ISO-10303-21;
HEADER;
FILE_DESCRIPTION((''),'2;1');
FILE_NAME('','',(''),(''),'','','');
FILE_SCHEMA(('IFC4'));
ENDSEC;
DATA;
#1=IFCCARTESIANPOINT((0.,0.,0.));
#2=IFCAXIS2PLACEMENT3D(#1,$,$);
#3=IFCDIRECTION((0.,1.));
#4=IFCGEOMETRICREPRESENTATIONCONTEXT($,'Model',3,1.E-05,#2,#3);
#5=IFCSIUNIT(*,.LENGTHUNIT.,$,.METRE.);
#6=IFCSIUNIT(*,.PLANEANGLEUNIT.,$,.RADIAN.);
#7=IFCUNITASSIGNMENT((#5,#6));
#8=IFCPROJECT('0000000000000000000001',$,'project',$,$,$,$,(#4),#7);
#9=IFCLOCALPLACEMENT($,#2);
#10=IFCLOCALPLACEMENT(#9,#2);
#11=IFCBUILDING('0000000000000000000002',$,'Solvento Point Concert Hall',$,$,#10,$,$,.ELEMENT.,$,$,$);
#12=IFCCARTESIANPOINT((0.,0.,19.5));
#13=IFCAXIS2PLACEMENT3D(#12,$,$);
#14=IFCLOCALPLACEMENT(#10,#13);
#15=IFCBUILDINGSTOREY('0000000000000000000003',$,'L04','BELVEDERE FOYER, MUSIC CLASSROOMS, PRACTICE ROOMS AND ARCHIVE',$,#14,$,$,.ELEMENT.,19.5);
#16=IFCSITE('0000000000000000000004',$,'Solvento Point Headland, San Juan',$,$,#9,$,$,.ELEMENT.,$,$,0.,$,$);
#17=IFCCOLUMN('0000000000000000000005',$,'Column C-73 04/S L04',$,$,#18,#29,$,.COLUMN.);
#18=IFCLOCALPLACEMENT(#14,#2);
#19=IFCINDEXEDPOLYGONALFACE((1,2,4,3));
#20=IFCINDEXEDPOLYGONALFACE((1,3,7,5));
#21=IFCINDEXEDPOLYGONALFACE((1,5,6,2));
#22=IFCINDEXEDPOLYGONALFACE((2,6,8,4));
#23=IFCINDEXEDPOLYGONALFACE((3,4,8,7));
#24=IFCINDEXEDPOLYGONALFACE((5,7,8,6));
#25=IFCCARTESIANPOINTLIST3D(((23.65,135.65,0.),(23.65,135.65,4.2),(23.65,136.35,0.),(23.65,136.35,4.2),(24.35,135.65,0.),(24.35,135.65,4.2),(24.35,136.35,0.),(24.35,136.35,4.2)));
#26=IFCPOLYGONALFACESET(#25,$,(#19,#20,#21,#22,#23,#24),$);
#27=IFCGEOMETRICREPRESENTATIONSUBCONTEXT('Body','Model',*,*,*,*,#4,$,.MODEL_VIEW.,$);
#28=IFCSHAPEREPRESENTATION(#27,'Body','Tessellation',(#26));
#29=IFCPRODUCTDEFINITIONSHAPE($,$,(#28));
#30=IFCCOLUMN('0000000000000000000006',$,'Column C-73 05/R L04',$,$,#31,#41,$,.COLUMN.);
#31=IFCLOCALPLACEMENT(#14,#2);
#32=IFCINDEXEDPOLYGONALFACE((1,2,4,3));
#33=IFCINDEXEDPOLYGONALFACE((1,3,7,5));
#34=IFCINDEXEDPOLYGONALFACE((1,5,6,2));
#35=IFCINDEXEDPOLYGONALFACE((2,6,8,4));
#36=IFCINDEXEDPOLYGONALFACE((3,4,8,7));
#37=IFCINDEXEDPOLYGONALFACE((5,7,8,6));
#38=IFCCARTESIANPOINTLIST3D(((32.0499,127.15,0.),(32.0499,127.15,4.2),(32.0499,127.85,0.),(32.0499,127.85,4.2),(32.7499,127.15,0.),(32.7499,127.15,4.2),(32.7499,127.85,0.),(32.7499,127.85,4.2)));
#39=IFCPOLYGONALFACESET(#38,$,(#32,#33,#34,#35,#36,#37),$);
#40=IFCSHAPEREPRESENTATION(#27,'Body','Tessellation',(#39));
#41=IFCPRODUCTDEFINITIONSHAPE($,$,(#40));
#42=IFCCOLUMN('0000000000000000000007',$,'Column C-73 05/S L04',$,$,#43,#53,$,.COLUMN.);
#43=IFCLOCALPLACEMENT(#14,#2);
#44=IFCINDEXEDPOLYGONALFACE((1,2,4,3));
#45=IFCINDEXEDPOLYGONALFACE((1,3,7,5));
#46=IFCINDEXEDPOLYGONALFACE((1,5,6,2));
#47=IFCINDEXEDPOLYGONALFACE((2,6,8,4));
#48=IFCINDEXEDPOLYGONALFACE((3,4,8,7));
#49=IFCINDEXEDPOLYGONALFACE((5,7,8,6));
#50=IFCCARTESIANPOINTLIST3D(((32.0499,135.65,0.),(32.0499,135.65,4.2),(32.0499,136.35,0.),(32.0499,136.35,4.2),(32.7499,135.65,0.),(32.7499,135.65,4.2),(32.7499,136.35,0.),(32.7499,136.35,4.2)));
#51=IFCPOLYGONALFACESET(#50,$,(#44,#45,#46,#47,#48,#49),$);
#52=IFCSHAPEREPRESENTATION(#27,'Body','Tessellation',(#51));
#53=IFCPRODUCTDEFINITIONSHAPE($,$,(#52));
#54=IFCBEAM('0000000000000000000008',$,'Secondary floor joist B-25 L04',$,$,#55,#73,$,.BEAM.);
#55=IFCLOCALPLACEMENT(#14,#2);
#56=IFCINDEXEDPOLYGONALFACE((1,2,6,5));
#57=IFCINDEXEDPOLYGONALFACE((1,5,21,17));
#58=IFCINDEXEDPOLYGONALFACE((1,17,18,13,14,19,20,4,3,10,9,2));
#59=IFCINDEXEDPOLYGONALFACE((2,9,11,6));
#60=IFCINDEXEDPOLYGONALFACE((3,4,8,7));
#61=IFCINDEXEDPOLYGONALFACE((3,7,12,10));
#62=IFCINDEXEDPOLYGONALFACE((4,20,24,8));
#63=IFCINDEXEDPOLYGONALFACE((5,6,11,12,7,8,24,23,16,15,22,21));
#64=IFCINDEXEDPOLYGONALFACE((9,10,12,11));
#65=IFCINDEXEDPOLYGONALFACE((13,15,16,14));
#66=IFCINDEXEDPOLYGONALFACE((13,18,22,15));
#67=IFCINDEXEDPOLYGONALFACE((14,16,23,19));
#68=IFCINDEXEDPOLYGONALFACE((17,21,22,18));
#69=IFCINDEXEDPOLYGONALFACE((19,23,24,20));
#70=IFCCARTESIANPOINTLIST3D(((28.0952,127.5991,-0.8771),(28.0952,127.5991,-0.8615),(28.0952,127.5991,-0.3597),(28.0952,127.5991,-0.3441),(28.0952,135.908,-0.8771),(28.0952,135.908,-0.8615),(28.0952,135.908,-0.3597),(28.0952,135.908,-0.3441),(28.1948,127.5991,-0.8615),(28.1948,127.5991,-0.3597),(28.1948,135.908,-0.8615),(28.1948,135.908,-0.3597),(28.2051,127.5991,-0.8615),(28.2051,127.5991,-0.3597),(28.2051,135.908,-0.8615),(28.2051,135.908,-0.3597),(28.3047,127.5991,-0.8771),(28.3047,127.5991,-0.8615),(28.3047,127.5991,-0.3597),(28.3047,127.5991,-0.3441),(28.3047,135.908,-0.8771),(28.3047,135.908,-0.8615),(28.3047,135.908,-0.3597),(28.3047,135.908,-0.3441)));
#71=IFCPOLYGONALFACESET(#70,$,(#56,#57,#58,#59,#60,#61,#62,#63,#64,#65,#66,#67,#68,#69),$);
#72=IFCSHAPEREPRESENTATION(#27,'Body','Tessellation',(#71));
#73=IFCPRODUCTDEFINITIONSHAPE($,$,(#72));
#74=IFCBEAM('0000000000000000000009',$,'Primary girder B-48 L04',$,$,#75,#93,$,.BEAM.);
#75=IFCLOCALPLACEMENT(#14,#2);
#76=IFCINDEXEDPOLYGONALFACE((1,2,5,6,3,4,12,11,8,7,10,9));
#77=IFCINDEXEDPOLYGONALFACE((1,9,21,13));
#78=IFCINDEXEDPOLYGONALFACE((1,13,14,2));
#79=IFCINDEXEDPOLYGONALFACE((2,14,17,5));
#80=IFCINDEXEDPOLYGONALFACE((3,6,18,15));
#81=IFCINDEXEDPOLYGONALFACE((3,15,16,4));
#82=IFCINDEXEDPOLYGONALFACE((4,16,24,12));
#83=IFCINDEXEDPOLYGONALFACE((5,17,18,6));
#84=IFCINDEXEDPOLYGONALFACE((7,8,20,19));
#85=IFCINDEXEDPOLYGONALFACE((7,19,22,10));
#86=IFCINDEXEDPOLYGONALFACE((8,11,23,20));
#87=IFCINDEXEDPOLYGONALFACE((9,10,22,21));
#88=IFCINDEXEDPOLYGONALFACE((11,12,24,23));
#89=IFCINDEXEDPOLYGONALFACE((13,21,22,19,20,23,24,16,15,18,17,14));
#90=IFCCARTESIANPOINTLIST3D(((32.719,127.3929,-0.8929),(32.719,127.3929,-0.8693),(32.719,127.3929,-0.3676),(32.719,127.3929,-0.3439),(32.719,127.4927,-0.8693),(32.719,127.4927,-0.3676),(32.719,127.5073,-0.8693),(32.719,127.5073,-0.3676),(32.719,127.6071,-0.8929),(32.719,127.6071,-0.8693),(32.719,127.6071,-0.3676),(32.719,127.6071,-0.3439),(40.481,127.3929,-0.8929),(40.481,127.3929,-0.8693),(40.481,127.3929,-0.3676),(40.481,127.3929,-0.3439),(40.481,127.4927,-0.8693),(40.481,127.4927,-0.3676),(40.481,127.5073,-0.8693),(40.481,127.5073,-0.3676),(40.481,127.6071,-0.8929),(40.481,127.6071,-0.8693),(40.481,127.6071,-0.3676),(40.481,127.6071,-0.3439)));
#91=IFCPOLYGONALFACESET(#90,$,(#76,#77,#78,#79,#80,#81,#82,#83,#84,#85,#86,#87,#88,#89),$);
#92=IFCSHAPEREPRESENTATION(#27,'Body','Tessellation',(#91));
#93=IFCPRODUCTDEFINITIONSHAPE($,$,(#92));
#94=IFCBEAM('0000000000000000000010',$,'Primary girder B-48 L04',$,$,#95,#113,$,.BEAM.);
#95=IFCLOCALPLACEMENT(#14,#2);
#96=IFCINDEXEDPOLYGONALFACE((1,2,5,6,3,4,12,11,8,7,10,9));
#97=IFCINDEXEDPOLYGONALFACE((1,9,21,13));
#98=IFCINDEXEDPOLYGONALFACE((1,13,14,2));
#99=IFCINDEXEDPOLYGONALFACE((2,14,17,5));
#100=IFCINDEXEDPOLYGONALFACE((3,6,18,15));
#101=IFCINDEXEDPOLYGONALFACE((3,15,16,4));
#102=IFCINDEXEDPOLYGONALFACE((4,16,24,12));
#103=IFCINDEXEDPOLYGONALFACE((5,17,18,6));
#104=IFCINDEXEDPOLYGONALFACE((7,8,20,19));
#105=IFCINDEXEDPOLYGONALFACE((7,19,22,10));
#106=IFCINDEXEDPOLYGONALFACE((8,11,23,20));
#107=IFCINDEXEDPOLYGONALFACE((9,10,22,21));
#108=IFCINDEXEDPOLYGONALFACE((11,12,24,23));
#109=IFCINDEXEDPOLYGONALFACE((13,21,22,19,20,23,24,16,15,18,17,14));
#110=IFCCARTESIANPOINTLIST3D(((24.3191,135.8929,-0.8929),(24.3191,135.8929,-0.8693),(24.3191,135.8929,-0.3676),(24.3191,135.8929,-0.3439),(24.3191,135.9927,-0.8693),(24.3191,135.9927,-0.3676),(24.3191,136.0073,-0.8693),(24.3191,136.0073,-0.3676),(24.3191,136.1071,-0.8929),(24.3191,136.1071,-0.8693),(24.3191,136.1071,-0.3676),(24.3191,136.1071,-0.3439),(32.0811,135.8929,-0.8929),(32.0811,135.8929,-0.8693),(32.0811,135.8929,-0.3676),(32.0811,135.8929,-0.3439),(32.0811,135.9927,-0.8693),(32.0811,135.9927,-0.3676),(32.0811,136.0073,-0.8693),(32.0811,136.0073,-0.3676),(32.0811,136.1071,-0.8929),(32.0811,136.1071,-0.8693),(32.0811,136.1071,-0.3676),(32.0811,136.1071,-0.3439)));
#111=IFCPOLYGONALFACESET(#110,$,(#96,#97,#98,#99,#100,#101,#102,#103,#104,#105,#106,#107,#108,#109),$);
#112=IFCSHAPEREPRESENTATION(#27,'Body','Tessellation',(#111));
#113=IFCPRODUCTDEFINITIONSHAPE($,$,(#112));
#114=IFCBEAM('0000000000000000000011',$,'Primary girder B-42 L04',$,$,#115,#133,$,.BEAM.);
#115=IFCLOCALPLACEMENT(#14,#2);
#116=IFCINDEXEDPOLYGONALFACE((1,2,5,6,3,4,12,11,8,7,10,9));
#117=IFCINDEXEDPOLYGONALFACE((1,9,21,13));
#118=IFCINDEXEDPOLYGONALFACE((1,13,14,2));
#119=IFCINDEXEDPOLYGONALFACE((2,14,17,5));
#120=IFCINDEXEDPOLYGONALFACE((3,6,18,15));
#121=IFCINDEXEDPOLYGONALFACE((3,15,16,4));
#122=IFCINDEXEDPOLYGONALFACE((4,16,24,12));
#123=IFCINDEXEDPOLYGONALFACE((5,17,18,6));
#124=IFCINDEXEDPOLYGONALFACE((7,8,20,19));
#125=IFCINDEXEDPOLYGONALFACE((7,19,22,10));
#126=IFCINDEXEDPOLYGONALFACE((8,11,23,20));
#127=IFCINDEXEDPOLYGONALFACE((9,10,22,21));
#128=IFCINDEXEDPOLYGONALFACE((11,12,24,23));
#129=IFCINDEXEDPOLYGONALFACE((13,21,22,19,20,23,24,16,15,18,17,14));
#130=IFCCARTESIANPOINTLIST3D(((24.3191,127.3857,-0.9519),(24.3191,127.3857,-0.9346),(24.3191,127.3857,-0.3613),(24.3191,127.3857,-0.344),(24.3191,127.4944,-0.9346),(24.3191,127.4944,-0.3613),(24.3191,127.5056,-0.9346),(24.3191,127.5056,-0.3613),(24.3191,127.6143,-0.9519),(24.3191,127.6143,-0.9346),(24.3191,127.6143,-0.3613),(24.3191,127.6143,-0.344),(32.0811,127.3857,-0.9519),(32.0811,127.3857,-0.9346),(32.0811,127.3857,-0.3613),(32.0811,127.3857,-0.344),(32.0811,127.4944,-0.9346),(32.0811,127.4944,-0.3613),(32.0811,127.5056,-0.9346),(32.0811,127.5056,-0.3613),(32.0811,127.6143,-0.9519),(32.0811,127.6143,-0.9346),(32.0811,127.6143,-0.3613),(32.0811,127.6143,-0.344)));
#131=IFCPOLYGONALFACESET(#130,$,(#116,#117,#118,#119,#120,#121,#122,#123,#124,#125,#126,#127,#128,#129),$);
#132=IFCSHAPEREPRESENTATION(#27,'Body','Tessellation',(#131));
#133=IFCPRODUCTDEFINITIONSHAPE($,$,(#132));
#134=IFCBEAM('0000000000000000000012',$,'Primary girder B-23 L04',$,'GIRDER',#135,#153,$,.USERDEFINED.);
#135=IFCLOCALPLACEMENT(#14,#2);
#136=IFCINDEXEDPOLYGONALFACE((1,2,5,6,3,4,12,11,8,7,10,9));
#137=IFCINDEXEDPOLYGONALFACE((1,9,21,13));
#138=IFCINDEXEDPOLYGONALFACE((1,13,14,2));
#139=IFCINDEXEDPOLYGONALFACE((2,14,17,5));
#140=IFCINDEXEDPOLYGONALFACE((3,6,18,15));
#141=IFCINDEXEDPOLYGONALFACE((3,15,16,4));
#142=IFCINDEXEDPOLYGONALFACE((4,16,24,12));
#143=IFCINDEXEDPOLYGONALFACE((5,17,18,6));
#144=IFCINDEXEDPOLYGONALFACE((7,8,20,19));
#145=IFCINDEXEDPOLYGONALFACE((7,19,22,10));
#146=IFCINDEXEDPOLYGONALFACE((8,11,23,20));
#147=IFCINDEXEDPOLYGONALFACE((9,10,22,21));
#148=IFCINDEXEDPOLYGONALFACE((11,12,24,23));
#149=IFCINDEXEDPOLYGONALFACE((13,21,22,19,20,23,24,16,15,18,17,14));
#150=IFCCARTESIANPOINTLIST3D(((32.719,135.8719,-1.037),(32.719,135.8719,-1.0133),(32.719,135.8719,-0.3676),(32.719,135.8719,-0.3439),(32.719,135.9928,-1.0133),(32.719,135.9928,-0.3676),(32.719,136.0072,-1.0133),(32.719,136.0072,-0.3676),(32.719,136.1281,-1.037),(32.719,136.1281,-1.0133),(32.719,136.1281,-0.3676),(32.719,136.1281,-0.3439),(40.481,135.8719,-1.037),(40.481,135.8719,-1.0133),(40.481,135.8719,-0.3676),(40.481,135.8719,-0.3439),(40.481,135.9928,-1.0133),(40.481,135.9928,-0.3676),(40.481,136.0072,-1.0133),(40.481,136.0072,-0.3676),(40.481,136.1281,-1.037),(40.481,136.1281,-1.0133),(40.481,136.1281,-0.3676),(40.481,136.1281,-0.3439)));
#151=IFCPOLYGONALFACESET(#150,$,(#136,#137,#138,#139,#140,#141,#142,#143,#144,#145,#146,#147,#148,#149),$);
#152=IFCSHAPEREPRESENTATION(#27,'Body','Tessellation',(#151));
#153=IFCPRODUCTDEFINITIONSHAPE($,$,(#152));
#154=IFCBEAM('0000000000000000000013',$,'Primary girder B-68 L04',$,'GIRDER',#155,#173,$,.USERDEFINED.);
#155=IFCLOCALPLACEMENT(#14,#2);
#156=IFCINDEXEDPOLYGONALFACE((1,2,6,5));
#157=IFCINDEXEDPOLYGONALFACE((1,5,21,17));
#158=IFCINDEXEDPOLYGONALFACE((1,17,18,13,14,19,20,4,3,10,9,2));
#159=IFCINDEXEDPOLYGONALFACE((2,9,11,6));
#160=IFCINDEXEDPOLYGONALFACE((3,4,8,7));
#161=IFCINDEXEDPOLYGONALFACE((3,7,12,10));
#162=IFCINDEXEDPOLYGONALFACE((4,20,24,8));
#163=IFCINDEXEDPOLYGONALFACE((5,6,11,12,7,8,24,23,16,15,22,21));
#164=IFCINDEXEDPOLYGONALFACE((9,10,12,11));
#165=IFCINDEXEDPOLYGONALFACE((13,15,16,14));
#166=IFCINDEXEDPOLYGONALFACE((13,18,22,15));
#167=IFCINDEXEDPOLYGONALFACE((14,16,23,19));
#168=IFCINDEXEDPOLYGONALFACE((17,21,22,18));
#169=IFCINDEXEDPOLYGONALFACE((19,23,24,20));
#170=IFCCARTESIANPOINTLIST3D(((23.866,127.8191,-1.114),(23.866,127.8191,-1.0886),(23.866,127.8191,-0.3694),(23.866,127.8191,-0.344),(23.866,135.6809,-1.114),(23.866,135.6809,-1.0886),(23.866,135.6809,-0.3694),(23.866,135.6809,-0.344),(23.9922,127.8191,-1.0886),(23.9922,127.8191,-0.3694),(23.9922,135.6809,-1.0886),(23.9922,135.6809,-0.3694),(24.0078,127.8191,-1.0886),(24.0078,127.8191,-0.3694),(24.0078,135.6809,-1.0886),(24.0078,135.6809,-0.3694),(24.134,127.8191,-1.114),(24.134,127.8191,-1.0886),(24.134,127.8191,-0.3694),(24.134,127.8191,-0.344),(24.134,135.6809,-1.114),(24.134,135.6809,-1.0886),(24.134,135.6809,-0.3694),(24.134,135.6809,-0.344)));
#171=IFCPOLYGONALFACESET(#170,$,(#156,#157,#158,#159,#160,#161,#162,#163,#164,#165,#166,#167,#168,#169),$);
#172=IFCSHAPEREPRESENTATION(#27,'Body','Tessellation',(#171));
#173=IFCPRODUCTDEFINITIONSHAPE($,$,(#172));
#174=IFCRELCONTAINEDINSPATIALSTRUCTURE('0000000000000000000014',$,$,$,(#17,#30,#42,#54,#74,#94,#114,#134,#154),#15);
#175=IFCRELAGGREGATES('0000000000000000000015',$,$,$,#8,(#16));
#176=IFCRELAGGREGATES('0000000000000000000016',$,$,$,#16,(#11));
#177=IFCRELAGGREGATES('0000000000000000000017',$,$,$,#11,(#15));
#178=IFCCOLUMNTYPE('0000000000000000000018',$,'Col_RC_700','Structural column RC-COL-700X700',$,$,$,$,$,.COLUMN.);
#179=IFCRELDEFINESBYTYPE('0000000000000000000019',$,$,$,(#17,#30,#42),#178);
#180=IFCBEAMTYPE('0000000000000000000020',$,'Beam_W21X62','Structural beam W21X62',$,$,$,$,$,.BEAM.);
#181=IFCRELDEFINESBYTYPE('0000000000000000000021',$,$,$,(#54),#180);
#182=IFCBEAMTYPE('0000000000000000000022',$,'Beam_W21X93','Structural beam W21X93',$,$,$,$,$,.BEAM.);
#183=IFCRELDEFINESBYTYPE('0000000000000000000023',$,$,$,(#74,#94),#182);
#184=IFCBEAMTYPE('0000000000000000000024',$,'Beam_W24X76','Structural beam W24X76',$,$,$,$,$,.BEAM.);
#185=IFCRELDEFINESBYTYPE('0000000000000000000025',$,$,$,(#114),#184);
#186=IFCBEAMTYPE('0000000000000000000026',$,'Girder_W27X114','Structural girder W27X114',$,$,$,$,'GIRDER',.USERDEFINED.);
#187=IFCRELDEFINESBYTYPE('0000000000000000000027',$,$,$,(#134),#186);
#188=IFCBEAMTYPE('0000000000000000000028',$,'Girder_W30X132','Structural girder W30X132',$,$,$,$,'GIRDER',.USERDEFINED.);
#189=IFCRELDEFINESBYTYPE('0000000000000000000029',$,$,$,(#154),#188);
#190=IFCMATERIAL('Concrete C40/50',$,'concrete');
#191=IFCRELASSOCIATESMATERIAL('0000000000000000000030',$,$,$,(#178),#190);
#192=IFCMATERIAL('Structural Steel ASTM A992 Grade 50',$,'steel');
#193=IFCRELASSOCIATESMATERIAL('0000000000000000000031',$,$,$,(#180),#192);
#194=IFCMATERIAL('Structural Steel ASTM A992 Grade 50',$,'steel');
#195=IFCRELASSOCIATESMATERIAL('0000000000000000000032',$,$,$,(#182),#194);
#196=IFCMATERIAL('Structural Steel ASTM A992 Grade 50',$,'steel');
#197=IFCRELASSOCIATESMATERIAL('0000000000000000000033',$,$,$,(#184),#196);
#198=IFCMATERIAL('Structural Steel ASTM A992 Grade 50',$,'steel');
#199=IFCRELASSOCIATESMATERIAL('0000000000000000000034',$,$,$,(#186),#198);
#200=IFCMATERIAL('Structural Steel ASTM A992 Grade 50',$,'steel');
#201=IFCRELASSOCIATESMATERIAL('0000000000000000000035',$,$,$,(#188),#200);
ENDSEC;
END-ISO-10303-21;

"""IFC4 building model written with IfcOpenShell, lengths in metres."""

from ifc_helpers import new_model, si_unit, direction, frame, origin, origin_2d, place, context, subcontext, project, spatial, rectangle, i_section, extrude, material, material_profile, profile_set, type_object, element, save


model = new_model("IFC4")

# Units and contexts
model_context = context("Model", 3, precision=1e-05, world=origin(), true_north=direction((0.0, 1.0)))
body_context = subcontext(model_context, "Body", "Model", "MODEL_VIEW")
ifc_project = project(units=[si_unit("LENGTHUNIT", "METRE"), si_unit("PLANEANGLEUNIT", "RADIAN")], contexts=[model_context])

# Site, building, storey
site_placement = place(None, origin())
site = spatial("IfcSite", under=ifc_project, at=site_placement, Name="Solvento Point Headland, San Juan", CompositionType="ELEMENT", RefElevation=0.0)
building_placement = place(site_placement, origin())
building = spatial("IfcBuilding", under=site, at=building_placement, Name="Solvento Point Concert Hall", CompositionType="ELEMENT")
storey_placement = place(building_placement, frame((0.0, 0.0, 19.5)))
storey = spatial("IfcBuildingStorey", under=building, at=storey_placement, Name="L04", Description="BELVEDERE FOYER, MUSIC CLASSROOMS, PRACTICE ROOMS AND ARCHIVE", CompositionType="ELEMENT", Elevation=19.5)

# Columns
ifc_material_1 = material(Name="Concrete C40/50", Category="concrete")
ifc_material_profile_1 = material_profile(ifc_material_1, rectangle(XDim=0.7, YDim=0.7, at=origin_2d()), Name="RC-COL-700X700")
ifc_profile_set_1 = profile_set([ifc_material_profile_1], Name="Concrete C40/50")
column_type = type_object("IfcColumnType", Name="Col_RC_700", Description="Structural column RC-COL-700X700", PredefinedType="COLUMN", material=ifc_profile_set_1)
for number, where, z_axis, x_axis, name in (
    (1, (24.0, 136.0, 0.0), (0.0, 0.0, 1.0), (1.0, 0.0, 0.0), "Column C-73 04/S L04"),
    (2, (32.3999, 127.5, 0.0), (0.0, 0.0, 1.0), (1.0, 0.0, 0.0), "Column C-73 05/R L04"),
    (3, (32.3999, 136.0, 0.0), (0.0, 0.0, 1.0), (1.0, 0.0, 0.0), "Column C-73 05/S L04"),
):
    element("IfcColumn", number, at=place(storey_placement, frame(where, z_axis=z_axis, x_axis=x_axis)), inside=storey, type_object=column_type, Name=name, PredefinedType="COLUMN", context=body_context, shape_type="SweptSolid", body=[
        extrude(rectangle(XDim=0.7, YDim=0.7, at=origin_2d()), origin(), (0.0, 0.0, 1.0), 4.2),
    ])

# Beams
ifc_material_2 = material(Name="Structural Steel ASTM A992 Grade 50", Category="steel")
ifc_material_profile_2 = material_profile(ifc_material_2, i_section(OverallWidth=0.2095, OverallDepth=0.533, WebThickness=0.0103, FlangeThickness=0.0156, at=origin_2d()), Name="W21X62")
ifc_profile_set_2 = profile_set([ifc_material_profile_2], Name="Structural Steel ASTM A992 Grade 50")
beam_type_1 = type_object("IfcBeamType", Name="Beam_W21X62", Description="Structural beam W21X62", PredefinedType="BEAM", material=ifc_profile_set_2)
beam_1_placement = place(storey_placement, frame((28.2, 127.5991, -0.6106), z_axis=(0.0, 1.0, 0.0), x_axis=(-1.0, 0.0, 0.0)))
element("IfcBeam", 4, at=beam_1_placement, inside=storey, type_object=beam_type_1, Name="Secondary floor joist B-25 L04", PredefinedType="BEAM", context=body_context, shape_type="SweptSolid", body=[
    extrude(i_section(OverallWidth=0.2095, OverallDepth=0.533, WebThickness=0.0103, FlangeThickness=0.0156, at=origin_2d()), origin(), (0.0, 0.0, 1.0), 8.3088),
])
ifc_material_3 = material(Name="Structural Steel ASTM A992 Grade 50", Category="steel")
ifc_material_profile_3 = material_profile(ifc_material_3, i_section(OverallWidth=0.2141, OverallDepth=0.5491, WebThickness=0.0146, FlangeThickness=0.0237, at=origin_2d()), Name="W21X93")
ifc_profile_set_3 = profile_set([ifc_material_profile_3], Name="Structural Steel ASTM A992 Grade 50")
beam_type_2 = type_object("IfcBeamType", Name="Beam_W21X93", Description="Structural beam W21X93", PredefinedType="BEAM", material=ifc_profile_set_3)
for number, where, z_axis, x_axis, name in (
    (5, (32.719, 127.5, -0.6184), (1.0, 0.0, 0.0), (0.0, 1.0, 0.0), "Primary girder B-48 L04"),
    (6, (24.3191, 136.0, -0.6184), (1.0, 0.0, 0.0), (0.0, 1.0, 0.0), "Primary girder B-48 L04"),
):
    element("IfcBeam", number, at=place(storey_placement, frame(where, z_axis=z_axis, x_axis=x_axis)), inside=storey, type_object=beam_type_2, Name=name, PredefinedType="BEAM", context=body_context, shape_type="SweptSolid", body=[
        extrude(i_section(OverallWidth=0.2141, OverallDepth=0.5491, WebThickness=0.0146, FlangeThickness=0.0237, at=origin_2d()), origin(), (0.0, 0.0, 1.0), 7.762),
    ])
ifc_material_4 = material(Name="Structural Steel ASTM A992 Grade 50", Category="steel")
ifc_material_profile_4 = material_profile(ifc_material_4, i_section(OverallWidth=0.2285, OverallDepth=0.6079, WebThickness=0.0112, FlangeThickness=0.0173, at=origin_2d()), Name="W24X76")
ifc_profile_set_4 = profile_set([ifc_material_profile_4], Name="Structural Steel ASTM A992 Grade 50")
beam_type_3 = type_object("IfcBeamType", Name="Beam_W24X76", Description="Structural beam W24X76", PredefinedType="BEAM", material=ifc_profile_set_4)
beam_2_placement = place(storey_placement, frame((24.3191, 127.5, -0.6479), z_axis=(1.0, 0.0, 0.0), x_axis=(0.0, 1.0, 0.0)))
element("IfcBeam", 7, at=beam_2_placement, inside=storey, type_object=beam_type_3, Name="Primary girder B-42 L04", PredefinedType="BEAM", context=body_context, shape_type="SweptSolid", body=[
    extrude(i_section(OverallWidth=0.2285, OverallDepth=0.6079, WebThickness=0.0112, FlangeThickness=0.0173, at=origin_2d()), origin(), (0.0, 0.0, 1.0), 7.762),
])
ifc_material_5 = material(Name="Structural Steel ASTM A992 Grade 50", Category="steel")
ifc_material_profile_5 = material_profile(ifc_material_5, i_section(OverallWidth=0.2561, OverallDepth=0.6931, WebThickness=0.0144, FlangeThickness=0.0237, at=origin_2d()), Name="W27X114")
ifc_profile_set_5 = profile_set([ifc_material_profile_5], Name="Structural Steel ASTM A992 Grade 50")
beam_type_4 = type_object("IfcBeamType", Name="Girder_W27X114", Description="Structural girder W27X114", ElementType="GIRDER", PredefinedType="USERDEFINED", material=ifc_profile_set_5)
beam_3_placement = place(storey_placement, frame((32.719, 136.0, -0.6904), z_axis=(1.0, 0.0, 0.0), x_axis=(0.0, 1.0, 0.0)))
element("IfcBeam", 8, at=beam_3_placement, inside=storey, type_object=beam_type_4, Name="Primary girder B-23 L04", ObjectType="GIRDER", PredefinedType="USERDEFINED", context=body_context, shape_type="SweptSolid", body=[
    extrude(i_section(OverallWidth=0.2561, OverallDepth=0.6931, WebThickness=0.0144, FlangeThickness=0.0237, at=origin_2d()), origin(), (0.0, 0.0, 1.0), 7.762),
])
ifc_material_6 = material(Name="Structural Steel ASTM A992 Grade 50", Category="steel")
ifc_material_profile_6 = material_profile(ifc_material_6, i_section(OverallWidth=0.2681, OverallDepth=0.77, WebThickness=0.0156, FlangeThickness=0.0254, at=origin_2d()), Name="W30X132")
ifc_profile_set_6 = profile_set([ifc_material_profile_6], Name="Structural Steel ASTM A992 Grade 50")
beam_type_5 = type_object("IfcBeamType", Name="Girder_W30X132", Description="Structural girder W30X132", ElementType="GIRDER", PredefinedType="USERDEFINED", material=ifc_profile_set_6)
beam_4_placement = place(storey_placement, frame((24.0, 127.8191, -0.729), z_axis=(0.0, 1.0, 0.0), x_axis=(-1.0, 0.0, 0.0)))
element("IfcBeam", 9, at=beam_4_placement, inside=storey, type_object=beam_type_5, Name="Primary girder B-68 L04", ObjectType="GIRDER", PredefinedType="USERDEFINED", context=body_context, shape_type="SweptSolid", body=[
    extrude(i_section(OverallWidth=0.2681, OverallDepth=0.77, WebThickness=0.0156, FlangeThickness=0.0254, at=origin_2d()), origin(), (0.0, 0.0, 1.0), 7.8618),
])

save(model, "model.ifc")
